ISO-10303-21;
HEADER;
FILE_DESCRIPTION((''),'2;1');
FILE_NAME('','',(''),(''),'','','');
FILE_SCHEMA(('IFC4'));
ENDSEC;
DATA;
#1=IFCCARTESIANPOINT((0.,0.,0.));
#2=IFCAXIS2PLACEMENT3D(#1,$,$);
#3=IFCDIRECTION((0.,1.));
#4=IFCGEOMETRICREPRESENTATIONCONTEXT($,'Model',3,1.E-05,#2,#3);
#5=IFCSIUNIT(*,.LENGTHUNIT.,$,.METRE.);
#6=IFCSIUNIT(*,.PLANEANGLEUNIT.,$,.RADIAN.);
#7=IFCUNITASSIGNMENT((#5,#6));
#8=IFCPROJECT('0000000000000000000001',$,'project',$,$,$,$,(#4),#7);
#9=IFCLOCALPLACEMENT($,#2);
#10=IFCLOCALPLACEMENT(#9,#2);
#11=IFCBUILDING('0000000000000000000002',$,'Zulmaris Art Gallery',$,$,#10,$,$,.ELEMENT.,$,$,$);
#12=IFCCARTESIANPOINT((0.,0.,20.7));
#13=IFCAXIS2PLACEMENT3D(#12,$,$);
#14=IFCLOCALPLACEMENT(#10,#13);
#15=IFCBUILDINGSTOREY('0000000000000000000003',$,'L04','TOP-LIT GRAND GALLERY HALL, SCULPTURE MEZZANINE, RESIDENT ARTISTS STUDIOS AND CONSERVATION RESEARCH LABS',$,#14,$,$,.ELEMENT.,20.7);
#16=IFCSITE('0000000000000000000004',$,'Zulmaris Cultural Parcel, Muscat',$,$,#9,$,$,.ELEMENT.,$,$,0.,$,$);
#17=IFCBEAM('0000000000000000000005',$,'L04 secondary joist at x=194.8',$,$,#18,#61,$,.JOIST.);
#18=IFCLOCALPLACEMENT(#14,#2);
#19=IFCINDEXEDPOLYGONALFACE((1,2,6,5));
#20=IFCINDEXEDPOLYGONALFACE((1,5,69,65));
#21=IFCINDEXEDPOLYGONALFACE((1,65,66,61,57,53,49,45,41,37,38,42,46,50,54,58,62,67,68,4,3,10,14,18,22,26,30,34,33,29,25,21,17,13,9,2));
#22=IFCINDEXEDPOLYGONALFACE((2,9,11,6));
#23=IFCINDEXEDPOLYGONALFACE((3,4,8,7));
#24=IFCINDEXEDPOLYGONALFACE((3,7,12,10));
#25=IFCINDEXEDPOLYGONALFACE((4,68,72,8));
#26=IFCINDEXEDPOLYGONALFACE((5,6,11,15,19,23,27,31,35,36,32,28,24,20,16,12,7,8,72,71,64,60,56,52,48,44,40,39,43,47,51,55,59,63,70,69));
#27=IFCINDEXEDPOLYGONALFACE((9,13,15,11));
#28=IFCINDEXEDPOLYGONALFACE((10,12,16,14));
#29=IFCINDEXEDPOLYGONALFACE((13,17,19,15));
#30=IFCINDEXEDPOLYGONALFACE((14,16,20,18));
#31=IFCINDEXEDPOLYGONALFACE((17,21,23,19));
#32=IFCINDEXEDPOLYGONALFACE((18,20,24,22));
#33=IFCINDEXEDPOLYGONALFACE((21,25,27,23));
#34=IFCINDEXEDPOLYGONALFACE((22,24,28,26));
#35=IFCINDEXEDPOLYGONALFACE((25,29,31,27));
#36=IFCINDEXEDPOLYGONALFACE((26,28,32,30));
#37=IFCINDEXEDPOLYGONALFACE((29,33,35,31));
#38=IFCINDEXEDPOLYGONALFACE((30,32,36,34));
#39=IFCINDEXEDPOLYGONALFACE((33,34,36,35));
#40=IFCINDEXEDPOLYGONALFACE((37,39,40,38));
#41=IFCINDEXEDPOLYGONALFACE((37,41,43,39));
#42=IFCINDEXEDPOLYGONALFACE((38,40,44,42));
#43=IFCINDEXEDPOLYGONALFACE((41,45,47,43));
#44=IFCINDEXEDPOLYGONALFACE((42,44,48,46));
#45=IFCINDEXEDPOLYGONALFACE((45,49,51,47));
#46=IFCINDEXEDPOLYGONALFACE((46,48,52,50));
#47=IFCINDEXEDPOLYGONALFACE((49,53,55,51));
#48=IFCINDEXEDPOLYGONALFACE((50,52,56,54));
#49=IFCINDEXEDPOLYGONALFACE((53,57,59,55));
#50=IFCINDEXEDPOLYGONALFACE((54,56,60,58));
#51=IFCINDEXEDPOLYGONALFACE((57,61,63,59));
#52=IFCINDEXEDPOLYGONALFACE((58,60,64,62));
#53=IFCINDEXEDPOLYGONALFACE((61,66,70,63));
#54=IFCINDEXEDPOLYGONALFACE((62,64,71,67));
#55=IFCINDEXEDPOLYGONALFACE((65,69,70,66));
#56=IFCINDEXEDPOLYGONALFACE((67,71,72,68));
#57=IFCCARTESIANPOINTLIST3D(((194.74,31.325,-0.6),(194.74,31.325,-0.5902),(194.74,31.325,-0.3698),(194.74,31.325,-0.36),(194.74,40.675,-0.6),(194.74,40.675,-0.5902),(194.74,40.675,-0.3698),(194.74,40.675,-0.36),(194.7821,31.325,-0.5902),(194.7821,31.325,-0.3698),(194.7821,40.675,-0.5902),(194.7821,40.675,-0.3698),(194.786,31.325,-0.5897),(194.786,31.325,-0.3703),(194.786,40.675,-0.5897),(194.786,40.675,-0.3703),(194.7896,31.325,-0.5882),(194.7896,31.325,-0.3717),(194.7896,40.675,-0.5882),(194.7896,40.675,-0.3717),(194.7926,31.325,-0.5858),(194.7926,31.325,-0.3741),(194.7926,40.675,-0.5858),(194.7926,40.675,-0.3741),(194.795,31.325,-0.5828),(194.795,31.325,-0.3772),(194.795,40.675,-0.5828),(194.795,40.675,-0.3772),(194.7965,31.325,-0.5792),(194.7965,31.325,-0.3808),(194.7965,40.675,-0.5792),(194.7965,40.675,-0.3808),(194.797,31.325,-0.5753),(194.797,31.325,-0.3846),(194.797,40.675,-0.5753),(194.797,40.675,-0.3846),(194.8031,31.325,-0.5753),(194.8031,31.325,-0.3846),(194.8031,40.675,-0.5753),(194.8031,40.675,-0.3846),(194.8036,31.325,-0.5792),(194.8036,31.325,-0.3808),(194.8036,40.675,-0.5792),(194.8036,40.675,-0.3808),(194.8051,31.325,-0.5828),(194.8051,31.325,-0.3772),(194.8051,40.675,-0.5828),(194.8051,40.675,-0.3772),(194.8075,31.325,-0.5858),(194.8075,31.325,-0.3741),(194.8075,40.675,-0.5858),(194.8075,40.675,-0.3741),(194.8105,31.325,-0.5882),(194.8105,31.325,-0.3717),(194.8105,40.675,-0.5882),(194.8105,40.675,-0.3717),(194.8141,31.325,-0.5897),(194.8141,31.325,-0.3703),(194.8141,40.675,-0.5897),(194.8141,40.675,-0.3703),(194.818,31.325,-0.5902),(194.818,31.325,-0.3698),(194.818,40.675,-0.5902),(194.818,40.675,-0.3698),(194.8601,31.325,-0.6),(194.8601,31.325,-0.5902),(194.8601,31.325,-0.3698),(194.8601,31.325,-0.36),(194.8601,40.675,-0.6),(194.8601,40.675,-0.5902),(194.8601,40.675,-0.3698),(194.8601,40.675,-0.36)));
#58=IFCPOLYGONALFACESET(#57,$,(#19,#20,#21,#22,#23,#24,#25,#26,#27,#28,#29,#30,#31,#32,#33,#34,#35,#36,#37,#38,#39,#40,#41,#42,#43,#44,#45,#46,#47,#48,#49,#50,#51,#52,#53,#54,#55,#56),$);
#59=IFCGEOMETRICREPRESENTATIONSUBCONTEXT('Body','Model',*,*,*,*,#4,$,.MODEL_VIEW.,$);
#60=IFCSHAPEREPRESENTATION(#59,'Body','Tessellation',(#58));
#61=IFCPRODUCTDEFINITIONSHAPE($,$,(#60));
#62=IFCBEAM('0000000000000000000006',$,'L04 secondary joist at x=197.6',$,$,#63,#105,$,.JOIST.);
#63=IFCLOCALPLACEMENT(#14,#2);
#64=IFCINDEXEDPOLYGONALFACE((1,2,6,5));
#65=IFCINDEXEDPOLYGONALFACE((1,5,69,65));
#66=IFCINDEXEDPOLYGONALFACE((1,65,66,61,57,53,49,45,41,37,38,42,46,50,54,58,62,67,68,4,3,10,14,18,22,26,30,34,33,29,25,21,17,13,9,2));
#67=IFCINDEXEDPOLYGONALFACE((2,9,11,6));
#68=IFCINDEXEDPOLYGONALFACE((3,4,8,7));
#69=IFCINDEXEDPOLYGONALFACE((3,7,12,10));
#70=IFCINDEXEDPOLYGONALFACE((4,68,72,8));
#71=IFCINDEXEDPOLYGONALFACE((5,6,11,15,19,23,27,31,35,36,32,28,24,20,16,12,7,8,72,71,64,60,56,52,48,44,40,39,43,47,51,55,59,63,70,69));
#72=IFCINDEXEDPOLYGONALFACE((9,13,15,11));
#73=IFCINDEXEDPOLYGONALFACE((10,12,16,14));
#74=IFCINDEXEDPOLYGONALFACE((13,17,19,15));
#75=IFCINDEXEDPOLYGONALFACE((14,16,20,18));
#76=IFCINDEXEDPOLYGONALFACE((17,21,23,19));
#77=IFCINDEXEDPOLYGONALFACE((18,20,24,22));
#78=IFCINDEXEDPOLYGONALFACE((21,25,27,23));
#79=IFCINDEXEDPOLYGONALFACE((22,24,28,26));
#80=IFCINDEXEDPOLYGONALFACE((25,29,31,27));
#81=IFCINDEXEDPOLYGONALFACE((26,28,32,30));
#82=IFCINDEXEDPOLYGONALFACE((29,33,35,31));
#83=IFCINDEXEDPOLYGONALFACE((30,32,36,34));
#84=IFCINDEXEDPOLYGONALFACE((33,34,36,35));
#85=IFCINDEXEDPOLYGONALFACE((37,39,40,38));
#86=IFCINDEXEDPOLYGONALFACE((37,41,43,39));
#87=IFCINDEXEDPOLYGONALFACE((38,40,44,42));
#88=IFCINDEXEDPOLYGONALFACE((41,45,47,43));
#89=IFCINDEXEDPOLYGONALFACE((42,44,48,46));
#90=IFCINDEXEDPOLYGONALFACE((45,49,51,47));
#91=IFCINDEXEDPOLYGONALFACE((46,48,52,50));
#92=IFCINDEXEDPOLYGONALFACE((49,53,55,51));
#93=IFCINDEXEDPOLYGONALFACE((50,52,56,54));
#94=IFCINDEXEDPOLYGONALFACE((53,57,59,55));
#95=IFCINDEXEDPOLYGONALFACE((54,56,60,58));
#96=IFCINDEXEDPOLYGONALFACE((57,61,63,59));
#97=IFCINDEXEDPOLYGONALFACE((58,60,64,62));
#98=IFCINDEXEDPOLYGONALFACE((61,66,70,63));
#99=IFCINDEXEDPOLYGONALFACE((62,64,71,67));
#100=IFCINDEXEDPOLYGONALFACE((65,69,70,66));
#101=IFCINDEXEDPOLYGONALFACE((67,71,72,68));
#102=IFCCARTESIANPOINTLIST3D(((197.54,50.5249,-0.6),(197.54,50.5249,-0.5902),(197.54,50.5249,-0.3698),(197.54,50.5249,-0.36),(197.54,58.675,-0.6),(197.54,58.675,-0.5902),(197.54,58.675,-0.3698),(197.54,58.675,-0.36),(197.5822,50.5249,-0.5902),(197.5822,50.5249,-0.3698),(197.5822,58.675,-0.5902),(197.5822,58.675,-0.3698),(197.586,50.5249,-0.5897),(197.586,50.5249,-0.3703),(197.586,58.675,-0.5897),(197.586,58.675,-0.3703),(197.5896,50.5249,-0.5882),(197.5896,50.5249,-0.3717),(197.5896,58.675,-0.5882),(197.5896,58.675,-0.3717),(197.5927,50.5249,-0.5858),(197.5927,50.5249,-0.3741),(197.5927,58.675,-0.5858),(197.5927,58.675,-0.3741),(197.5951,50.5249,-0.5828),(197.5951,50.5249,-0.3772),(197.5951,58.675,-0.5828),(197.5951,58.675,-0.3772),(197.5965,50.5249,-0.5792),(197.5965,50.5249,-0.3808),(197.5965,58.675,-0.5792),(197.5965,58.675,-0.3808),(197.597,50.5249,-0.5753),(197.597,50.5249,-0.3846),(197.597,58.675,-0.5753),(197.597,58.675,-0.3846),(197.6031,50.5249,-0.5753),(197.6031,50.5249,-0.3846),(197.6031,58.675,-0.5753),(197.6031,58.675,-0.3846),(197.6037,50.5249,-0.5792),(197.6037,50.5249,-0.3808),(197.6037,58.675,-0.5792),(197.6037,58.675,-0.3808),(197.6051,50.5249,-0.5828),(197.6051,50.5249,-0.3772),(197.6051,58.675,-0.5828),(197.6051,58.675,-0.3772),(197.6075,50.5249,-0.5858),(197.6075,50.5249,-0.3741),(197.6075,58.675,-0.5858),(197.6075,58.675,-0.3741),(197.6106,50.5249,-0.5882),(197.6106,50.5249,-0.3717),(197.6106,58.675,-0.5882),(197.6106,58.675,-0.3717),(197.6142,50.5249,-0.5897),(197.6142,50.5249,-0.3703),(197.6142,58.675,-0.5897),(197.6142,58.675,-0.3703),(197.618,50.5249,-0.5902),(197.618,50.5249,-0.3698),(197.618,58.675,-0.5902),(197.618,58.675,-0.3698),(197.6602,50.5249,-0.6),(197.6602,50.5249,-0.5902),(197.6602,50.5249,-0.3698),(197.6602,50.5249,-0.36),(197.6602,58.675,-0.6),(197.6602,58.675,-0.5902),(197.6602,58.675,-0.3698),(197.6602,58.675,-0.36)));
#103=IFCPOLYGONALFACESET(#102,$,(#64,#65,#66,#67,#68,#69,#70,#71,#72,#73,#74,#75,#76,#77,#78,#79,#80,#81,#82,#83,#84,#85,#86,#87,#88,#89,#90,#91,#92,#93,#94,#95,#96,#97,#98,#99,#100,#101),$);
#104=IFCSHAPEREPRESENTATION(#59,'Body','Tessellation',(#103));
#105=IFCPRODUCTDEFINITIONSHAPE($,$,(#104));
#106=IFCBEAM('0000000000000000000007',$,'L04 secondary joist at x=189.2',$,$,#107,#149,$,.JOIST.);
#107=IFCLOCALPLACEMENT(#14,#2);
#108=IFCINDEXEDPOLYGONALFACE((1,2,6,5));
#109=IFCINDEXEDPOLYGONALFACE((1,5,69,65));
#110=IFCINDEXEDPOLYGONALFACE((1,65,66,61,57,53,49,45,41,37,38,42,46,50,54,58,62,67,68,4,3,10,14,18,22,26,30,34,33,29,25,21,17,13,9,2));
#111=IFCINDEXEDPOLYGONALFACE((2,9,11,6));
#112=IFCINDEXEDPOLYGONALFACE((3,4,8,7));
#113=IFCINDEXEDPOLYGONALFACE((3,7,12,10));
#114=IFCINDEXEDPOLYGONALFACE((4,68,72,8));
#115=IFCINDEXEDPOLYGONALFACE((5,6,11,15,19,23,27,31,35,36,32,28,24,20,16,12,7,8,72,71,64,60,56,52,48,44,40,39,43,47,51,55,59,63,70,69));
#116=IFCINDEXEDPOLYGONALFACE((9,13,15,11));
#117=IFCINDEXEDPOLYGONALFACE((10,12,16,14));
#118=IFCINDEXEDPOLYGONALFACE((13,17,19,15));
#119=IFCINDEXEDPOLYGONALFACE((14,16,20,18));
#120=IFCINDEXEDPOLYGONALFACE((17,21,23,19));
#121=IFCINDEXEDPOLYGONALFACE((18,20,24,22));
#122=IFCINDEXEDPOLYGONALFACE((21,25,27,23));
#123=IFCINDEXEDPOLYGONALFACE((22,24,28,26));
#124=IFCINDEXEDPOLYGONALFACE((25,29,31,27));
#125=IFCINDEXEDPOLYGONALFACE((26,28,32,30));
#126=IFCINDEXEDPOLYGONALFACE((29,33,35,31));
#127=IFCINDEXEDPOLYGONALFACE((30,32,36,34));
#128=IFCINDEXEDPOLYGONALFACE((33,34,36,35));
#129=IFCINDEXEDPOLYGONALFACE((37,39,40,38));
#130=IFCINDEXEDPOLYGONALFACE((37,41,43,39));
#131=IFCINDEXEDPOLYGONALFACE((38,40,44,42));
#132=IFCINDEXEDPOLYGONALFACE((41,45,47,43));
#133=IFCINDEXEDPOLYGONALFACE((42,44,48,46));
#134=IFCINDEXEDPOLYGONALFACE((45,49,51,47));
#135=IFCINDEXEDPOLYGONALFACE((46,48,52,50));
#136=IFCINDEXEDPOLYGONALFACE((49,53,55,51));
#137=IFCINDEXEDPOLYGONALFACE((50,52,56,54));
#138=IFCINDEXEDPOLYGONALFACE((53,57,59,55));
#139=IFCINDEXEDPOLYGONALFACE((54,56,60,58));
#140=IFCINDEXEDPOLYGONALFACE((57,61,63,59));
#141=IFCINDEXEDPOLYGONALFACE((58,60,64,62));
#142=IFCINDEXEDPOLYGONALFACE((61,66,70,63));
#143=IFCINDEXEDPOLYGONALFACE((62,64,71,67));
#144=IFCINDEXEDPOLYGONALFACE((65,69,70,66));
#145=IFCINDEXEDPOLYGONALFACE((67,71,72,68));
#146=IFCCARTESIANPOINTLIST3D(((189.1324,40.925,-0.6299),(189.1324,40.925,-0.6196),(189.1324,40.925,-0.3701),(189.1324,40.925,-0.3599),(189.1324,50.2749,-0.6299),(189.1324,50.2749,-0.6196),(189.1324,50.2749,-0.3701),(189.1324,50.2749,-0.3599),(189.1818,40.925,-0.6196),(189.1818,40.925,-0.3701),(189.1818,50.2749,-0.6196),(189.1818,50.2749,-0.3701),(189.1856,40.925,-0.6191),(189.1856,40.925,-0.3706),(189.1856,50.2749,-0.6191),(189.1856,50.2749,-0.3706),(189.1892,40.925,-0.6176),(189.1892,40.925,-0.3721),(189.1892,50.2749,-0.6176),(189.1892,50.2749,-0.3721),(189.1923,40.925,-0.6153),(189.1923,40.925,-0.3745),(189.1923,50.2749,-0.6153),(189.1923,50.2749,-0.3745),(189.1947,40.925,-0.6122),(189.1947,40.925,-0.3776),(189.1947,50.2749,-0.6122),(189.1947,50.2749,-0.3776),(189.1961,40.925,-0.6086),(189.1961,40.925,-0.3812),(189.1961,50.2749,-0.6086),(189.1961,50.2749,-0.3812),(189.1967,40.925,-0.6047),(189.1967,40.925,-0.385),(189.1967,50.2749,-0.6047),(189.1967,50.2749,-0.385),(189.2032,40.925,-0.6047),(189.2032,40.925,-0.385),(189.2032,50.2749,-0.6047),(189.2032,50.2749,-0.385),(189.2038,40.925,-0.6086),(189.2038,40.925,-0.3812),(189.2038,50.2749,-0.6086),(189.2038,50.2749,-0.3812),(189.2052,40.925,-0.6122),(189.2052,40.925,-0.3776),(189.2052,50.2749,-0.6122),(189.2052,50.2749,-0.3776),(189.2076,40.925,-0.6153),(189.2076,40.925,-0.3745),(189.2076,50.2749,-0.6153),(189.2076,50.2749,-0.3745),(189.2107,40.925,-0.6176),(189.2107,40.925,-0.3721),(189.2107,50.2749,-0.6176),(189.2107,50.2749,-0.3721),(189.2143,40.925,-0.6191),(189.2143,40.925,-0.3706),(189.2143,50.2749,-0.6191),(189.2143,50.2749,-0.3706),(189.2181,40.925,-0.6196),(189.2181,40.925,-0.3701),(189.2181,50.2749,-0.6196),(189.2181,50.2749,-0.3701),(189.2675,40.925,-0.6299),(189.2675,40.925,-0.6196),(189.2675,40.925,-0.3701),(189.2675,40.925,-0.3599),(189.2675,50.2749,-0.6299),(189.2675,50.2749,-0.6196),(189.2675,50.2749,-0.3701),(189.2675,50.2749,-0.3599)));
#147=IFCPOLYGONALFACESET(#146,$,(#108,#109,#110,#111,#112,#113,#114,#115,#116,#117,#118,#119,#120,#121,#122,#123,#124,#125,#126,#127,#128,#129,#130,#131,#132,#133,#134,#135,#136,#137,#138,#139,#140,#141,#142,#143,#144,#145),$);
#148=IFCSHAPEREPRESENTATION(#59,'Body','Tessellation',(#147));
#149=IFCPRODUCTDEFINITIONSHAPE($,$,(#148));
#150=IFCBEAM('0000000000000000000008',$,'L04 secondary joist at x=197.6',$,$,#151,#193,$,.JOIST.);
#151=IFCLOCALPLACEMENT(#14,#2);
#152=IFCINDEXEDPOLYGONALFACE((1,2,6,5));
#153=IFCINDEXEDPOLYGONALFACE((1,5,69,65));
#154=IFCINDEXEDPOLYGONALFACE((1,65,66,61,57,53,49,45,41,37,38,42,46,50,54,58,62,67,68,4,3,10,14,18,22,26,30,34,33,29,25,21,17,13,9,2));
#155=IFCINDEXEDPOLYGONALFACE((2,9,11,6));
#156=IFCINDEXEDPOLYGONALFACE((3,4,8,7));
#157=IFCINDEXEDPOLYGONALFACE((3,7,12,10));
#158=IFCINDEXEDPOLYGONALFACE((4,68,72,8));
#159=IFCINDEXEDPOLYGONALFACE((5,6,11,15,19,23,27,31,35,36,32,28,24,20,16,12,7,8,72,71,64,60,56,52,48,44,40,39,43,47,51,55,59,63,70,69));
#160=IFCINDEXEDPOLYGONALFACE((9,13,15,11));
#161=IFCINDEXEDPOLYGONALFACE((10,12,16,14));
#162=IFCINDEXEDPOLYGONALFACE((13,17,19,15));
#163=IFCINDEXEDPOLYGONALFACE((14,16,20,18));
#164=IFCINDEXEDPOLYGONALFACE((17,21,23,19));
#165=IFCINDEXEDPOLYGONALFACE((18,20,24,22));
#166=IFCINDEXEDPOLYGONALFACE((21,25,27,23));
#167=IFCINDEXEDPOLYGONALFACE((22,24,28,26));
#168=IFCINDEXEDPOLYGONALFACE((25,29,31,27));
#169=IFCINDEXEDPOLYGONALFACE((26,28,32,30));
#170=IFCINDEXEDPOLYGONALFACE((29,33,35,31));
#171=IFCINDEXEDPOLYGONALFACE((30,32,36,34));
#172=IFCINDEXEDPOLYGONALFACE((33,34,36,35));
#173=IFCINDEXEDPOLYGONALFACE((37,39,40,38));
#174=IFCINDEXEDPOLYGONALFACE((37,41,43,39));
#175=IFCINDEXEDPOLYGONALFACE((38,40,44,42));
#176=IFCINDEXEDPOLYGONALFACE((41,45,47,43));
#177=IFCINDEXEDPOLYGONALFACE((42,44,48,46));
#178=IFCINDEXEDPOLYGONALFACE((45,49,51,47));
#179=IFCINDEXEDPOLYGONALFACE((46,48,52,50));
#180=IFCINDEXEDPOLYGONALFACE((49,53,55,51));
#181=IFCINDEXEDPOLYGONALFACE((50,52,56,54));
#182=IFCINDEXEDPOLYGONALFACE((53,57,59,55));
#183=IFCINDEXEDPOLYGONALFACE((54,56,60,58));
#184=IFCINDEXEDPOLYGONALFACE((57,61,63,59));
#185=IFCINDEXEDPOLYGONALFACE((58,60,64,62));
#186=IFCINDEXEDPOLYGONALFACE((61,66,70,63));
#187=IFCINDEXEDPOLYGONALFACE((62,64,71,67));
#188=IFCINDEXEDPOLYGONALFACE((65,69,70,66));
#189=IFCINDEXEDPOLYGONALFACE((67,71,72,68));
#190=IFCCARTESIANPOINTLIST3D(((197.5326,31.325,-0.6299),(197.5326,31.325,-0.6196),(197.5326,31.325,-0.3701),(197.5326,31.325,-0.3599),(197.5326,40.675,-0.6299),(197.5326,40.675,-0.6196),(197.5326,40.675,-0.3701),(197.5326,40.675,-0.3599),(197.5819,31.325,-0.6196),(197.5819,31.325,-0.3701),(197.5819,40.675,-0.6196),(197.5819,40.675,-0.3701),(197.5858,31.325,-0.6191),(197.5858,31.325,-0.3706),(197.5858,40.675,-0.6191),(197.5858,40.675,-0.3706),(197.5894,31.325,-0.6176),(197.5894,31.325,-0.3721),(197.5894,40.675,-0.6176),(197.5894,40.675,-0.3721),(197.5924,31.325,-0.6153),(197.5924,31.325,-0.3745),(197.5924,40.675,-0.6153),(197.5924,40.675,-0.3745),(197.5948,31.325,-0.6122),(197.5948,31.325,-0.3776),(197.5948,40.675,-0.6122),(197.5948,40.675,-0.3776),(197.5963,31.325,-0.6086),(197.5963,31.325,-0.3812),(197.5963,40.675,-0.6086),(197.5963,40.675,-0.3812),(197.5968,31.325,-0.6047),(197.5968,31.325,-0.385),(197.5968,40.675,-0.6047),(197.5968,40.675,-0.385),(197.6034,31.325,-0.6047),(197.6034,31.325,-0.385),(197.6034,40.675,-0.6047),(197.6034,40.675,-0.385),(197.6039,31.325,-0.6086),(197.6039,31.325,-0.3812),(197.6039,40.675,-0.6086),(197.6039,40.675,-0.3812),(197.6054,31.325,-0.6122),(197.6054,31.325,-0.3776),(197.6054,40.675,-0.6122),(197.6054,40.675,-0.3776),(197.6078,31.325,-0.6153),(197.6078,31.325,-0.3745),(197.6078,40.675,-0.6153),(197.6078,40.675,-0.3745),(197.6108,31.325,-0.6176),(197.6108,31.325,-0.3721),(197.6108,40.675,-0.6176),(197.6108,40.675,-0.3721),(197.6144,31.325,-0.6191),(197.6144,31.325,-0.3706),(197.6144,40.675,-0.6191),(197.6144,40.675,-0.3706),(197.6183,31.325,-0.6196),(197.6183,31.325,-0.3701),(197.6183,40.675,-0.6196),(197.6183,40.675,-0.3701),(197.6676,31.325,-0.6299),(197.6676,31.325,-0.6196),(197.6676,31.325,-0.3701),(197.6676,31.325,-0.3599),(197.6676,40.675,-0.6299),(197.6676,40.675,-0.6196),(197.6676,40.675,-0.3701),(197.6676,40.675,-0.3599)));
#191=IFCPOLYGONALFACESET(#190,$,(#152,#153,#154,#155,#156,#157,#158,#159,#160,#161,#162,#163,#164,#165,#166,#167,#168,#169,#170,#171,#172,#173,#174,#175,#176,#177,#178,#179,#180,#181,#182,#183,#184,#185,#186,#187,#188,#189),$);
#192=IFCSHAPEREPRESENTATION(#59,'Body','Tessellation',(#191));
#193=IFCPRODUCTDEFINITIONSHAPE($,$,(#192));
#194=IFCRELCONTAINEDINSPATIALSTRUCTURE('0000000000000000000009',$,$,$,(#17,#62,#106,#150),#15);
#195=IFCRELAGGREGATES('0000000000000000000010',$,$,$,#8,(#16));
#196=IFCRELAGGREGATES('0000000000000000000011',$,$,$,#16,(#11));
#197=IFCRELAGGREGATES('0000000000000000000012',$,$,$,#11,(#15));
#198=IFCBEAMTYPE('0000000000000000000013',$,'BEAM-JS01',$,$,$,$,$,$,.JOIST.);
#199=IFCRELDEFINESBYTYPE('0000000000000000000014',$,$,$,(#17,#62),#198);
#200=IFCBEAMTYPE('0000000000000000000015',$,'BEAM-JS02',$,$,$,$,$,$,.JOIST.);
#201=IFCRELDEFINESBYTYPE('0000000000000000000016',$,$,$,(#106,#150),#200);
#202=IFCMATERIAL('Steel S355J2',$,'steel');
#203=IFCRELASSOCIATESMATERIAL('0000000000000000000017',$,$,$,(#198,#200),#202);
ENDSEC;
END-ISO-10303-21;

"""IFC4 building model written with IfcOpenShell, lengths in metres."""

from ifc_helpers import new_model, si_unit, direction, frame, origin, origin_2d, place, context, subcontext, project, spatial, i_section, extrude, material, material_profile, profile_set, type_object, element, save


model = new_model("IFC4")

# Units and contexts
model_context = context("Model", 3, precision=1e-05, world=origin(), true_north=direction((0.0, 1.0)))
body_context = subcontext(model_context, "Body", "Model", "MODEL_VIEW")
ifc_project = project(units=[si_unit("LENGTHUNIT", "METRE"), si_unit("PLANEANGLEUNIT", "RADIAN")], contexts=[model_context])

# Site, building, storey
site_placement = place(None, origin())
site = spatial("IfcSite", under=ifc_project, at=site_placement, Name="Zulmaris Cultural Parcel, Muscat", CompositionType="ELEMENT", RefElevation=0.0)
building_placement = place(site_placement, origin())
building = spatial("IfcBuilding", under=site, at=building_placement, Name="Zulmaris Art Gallery", CompositionType="ELEMENT")
storey_placement = place(building_placement, frame((0.0, 0.0, 20.7)))
storey = spatial("IfcBuildingStorey", under=building, at=storey_placement, Name="L04", Description="TOP-LIT GRAND GALLERY HALL, SCULPTURE MEZZANINE, RESIDENT ARTISTS STUDIOS AND CONSERVATION RESEARCH LABS", CompositionType="ELEMENT", Elevation=20.7)

# Beams
ifc_material_1 = material(Name="Steel S355J2", Category="steel")
ifc_material_profile_1 = material_profile(ifc_material_1, i_section(OverallWidth=0.1201, OverallDepth=0.24, WebThickness=0.0061, FlangeThickness=0.0098, FilletRadius=0.0149, at=origin_2d()), Name="IPE 240")
ifc_profile_set_1 = profile_set([ifc_material_profile_1], Name="Steel S355J2")
beam_type_1 = type_object("IfcBeamType", Name="BEAM-JS01", PredefinedType="JOIST", material=ifc_profile_set_1)
beam_1_placement = place(storey_placement, frame((194.8, 31.325, -0.48), z_axis=(0.0, 1.0, 0.0), x_axis=(-1.0, 0.0, 0.0)))
element("IfcBeam", 1, at=beam_1_placement, inside=storey, type_object=beam_type_1, Name="L04 secondary joist at x=194.8", PredefinedType="JOIST", context=body_context, shape_type="SweptSolid", body=[
    extrude(i_section(OverallWidth=0.1201, OverallDepth=0.24, WebThickness=0.0061, FlangeThickness=0.0098, FilletRadius=0.0149, at=origin_2d()), origin(), (0.0, 0.0, 1.0), 9.3501),
])
beam_2_placement = place(storey_placement, frame((197.6001, 50.5249, -0.48), z_axis=(0.0, 1.0, 0.0), x_axis=(-1.0, 0.0, 0.0)))
element("IfcBeam", 2, at=beam_2_placement, inside=storey, type_object=beam_type_1, Name="L04 secondary joist at x=197.6", PredefinedType="JOIST", context=body_context, shape_type="SweptSolid", body=[
    extrude(i_section(OverallWidth=0.1201, OverallDepth=0.24, WebThickness=0.0061, FlangeThickness=0.0098, FilletRadius=0.0149, at=origin_2d()), origin(), (0.0, 0.0, 1.0), 8.1501),
])
ifc_material_profile_2 = material_profile(ifc_material_1, i_section(OverallWidth=0.135, OverallDepth=0.27, WebThickness=0.0066, FlangeThickness=0.0103, FilletRadius=0.0149, at=origin_2d()), Name="IPE 270")
ifc_profile_set_2 = profile_set([ifc_material_profile_2], Name="Steel S355J2")
beam_type_2 = type_object("IfcBeamType", Name="BEAM-JS02", PredefinedType="JOIST", material=ifc_profile_set_2)
beam_3_placement = place(storey_placement, frame((189.2, 40.925, -0.4949), z_axis=(0.0, 1.0, 0.0), x_axis=(-1.0, 0.0, 0.0)))
element("IfcBeam", 3, at=beam_3_placement, inside=storey, type_object=beam_type_2, Name="L04 secondary joist at x=189.2", PredefinedType="JOIST", context=body_context, shape_type="SweptSolid", body=[
    extrude(i_section(OverallWidth=0.135, OverallDepth=0.27, WebThickness=0.0066, FlangeThickness=0.0103, FilletRadius=0.0149, at=origin_2d()), origin(), (0.0, 0.0, 1.0), 9.3499),
])
beam_4_placement = place(storey_placement, frame((197.6001, 31.325, -0.4949), z_axis=(0.0, 1.0, 0.0), x_axis=(-1.0, 0.0, 0.0)))
element("IfcBeam", 4, at=beam_4_placement, inside=storey, type_object=beam_type_2, Name="L04 secondary joist at x=197.6", PredefinedType="JOIST", context=body_context, shape_type="SweptSolid", body=[
    extrude(i_section(OverallWidth=0.135, OverallDepth=0.27, WebThickness=0.0066, FlangeThickness=0.0103, FilletRadius=0.0149, at=origin_2d()), origin(), (0.0, 0.0, 1.0), 9.3501),
])

save(model, "model.ifc")
